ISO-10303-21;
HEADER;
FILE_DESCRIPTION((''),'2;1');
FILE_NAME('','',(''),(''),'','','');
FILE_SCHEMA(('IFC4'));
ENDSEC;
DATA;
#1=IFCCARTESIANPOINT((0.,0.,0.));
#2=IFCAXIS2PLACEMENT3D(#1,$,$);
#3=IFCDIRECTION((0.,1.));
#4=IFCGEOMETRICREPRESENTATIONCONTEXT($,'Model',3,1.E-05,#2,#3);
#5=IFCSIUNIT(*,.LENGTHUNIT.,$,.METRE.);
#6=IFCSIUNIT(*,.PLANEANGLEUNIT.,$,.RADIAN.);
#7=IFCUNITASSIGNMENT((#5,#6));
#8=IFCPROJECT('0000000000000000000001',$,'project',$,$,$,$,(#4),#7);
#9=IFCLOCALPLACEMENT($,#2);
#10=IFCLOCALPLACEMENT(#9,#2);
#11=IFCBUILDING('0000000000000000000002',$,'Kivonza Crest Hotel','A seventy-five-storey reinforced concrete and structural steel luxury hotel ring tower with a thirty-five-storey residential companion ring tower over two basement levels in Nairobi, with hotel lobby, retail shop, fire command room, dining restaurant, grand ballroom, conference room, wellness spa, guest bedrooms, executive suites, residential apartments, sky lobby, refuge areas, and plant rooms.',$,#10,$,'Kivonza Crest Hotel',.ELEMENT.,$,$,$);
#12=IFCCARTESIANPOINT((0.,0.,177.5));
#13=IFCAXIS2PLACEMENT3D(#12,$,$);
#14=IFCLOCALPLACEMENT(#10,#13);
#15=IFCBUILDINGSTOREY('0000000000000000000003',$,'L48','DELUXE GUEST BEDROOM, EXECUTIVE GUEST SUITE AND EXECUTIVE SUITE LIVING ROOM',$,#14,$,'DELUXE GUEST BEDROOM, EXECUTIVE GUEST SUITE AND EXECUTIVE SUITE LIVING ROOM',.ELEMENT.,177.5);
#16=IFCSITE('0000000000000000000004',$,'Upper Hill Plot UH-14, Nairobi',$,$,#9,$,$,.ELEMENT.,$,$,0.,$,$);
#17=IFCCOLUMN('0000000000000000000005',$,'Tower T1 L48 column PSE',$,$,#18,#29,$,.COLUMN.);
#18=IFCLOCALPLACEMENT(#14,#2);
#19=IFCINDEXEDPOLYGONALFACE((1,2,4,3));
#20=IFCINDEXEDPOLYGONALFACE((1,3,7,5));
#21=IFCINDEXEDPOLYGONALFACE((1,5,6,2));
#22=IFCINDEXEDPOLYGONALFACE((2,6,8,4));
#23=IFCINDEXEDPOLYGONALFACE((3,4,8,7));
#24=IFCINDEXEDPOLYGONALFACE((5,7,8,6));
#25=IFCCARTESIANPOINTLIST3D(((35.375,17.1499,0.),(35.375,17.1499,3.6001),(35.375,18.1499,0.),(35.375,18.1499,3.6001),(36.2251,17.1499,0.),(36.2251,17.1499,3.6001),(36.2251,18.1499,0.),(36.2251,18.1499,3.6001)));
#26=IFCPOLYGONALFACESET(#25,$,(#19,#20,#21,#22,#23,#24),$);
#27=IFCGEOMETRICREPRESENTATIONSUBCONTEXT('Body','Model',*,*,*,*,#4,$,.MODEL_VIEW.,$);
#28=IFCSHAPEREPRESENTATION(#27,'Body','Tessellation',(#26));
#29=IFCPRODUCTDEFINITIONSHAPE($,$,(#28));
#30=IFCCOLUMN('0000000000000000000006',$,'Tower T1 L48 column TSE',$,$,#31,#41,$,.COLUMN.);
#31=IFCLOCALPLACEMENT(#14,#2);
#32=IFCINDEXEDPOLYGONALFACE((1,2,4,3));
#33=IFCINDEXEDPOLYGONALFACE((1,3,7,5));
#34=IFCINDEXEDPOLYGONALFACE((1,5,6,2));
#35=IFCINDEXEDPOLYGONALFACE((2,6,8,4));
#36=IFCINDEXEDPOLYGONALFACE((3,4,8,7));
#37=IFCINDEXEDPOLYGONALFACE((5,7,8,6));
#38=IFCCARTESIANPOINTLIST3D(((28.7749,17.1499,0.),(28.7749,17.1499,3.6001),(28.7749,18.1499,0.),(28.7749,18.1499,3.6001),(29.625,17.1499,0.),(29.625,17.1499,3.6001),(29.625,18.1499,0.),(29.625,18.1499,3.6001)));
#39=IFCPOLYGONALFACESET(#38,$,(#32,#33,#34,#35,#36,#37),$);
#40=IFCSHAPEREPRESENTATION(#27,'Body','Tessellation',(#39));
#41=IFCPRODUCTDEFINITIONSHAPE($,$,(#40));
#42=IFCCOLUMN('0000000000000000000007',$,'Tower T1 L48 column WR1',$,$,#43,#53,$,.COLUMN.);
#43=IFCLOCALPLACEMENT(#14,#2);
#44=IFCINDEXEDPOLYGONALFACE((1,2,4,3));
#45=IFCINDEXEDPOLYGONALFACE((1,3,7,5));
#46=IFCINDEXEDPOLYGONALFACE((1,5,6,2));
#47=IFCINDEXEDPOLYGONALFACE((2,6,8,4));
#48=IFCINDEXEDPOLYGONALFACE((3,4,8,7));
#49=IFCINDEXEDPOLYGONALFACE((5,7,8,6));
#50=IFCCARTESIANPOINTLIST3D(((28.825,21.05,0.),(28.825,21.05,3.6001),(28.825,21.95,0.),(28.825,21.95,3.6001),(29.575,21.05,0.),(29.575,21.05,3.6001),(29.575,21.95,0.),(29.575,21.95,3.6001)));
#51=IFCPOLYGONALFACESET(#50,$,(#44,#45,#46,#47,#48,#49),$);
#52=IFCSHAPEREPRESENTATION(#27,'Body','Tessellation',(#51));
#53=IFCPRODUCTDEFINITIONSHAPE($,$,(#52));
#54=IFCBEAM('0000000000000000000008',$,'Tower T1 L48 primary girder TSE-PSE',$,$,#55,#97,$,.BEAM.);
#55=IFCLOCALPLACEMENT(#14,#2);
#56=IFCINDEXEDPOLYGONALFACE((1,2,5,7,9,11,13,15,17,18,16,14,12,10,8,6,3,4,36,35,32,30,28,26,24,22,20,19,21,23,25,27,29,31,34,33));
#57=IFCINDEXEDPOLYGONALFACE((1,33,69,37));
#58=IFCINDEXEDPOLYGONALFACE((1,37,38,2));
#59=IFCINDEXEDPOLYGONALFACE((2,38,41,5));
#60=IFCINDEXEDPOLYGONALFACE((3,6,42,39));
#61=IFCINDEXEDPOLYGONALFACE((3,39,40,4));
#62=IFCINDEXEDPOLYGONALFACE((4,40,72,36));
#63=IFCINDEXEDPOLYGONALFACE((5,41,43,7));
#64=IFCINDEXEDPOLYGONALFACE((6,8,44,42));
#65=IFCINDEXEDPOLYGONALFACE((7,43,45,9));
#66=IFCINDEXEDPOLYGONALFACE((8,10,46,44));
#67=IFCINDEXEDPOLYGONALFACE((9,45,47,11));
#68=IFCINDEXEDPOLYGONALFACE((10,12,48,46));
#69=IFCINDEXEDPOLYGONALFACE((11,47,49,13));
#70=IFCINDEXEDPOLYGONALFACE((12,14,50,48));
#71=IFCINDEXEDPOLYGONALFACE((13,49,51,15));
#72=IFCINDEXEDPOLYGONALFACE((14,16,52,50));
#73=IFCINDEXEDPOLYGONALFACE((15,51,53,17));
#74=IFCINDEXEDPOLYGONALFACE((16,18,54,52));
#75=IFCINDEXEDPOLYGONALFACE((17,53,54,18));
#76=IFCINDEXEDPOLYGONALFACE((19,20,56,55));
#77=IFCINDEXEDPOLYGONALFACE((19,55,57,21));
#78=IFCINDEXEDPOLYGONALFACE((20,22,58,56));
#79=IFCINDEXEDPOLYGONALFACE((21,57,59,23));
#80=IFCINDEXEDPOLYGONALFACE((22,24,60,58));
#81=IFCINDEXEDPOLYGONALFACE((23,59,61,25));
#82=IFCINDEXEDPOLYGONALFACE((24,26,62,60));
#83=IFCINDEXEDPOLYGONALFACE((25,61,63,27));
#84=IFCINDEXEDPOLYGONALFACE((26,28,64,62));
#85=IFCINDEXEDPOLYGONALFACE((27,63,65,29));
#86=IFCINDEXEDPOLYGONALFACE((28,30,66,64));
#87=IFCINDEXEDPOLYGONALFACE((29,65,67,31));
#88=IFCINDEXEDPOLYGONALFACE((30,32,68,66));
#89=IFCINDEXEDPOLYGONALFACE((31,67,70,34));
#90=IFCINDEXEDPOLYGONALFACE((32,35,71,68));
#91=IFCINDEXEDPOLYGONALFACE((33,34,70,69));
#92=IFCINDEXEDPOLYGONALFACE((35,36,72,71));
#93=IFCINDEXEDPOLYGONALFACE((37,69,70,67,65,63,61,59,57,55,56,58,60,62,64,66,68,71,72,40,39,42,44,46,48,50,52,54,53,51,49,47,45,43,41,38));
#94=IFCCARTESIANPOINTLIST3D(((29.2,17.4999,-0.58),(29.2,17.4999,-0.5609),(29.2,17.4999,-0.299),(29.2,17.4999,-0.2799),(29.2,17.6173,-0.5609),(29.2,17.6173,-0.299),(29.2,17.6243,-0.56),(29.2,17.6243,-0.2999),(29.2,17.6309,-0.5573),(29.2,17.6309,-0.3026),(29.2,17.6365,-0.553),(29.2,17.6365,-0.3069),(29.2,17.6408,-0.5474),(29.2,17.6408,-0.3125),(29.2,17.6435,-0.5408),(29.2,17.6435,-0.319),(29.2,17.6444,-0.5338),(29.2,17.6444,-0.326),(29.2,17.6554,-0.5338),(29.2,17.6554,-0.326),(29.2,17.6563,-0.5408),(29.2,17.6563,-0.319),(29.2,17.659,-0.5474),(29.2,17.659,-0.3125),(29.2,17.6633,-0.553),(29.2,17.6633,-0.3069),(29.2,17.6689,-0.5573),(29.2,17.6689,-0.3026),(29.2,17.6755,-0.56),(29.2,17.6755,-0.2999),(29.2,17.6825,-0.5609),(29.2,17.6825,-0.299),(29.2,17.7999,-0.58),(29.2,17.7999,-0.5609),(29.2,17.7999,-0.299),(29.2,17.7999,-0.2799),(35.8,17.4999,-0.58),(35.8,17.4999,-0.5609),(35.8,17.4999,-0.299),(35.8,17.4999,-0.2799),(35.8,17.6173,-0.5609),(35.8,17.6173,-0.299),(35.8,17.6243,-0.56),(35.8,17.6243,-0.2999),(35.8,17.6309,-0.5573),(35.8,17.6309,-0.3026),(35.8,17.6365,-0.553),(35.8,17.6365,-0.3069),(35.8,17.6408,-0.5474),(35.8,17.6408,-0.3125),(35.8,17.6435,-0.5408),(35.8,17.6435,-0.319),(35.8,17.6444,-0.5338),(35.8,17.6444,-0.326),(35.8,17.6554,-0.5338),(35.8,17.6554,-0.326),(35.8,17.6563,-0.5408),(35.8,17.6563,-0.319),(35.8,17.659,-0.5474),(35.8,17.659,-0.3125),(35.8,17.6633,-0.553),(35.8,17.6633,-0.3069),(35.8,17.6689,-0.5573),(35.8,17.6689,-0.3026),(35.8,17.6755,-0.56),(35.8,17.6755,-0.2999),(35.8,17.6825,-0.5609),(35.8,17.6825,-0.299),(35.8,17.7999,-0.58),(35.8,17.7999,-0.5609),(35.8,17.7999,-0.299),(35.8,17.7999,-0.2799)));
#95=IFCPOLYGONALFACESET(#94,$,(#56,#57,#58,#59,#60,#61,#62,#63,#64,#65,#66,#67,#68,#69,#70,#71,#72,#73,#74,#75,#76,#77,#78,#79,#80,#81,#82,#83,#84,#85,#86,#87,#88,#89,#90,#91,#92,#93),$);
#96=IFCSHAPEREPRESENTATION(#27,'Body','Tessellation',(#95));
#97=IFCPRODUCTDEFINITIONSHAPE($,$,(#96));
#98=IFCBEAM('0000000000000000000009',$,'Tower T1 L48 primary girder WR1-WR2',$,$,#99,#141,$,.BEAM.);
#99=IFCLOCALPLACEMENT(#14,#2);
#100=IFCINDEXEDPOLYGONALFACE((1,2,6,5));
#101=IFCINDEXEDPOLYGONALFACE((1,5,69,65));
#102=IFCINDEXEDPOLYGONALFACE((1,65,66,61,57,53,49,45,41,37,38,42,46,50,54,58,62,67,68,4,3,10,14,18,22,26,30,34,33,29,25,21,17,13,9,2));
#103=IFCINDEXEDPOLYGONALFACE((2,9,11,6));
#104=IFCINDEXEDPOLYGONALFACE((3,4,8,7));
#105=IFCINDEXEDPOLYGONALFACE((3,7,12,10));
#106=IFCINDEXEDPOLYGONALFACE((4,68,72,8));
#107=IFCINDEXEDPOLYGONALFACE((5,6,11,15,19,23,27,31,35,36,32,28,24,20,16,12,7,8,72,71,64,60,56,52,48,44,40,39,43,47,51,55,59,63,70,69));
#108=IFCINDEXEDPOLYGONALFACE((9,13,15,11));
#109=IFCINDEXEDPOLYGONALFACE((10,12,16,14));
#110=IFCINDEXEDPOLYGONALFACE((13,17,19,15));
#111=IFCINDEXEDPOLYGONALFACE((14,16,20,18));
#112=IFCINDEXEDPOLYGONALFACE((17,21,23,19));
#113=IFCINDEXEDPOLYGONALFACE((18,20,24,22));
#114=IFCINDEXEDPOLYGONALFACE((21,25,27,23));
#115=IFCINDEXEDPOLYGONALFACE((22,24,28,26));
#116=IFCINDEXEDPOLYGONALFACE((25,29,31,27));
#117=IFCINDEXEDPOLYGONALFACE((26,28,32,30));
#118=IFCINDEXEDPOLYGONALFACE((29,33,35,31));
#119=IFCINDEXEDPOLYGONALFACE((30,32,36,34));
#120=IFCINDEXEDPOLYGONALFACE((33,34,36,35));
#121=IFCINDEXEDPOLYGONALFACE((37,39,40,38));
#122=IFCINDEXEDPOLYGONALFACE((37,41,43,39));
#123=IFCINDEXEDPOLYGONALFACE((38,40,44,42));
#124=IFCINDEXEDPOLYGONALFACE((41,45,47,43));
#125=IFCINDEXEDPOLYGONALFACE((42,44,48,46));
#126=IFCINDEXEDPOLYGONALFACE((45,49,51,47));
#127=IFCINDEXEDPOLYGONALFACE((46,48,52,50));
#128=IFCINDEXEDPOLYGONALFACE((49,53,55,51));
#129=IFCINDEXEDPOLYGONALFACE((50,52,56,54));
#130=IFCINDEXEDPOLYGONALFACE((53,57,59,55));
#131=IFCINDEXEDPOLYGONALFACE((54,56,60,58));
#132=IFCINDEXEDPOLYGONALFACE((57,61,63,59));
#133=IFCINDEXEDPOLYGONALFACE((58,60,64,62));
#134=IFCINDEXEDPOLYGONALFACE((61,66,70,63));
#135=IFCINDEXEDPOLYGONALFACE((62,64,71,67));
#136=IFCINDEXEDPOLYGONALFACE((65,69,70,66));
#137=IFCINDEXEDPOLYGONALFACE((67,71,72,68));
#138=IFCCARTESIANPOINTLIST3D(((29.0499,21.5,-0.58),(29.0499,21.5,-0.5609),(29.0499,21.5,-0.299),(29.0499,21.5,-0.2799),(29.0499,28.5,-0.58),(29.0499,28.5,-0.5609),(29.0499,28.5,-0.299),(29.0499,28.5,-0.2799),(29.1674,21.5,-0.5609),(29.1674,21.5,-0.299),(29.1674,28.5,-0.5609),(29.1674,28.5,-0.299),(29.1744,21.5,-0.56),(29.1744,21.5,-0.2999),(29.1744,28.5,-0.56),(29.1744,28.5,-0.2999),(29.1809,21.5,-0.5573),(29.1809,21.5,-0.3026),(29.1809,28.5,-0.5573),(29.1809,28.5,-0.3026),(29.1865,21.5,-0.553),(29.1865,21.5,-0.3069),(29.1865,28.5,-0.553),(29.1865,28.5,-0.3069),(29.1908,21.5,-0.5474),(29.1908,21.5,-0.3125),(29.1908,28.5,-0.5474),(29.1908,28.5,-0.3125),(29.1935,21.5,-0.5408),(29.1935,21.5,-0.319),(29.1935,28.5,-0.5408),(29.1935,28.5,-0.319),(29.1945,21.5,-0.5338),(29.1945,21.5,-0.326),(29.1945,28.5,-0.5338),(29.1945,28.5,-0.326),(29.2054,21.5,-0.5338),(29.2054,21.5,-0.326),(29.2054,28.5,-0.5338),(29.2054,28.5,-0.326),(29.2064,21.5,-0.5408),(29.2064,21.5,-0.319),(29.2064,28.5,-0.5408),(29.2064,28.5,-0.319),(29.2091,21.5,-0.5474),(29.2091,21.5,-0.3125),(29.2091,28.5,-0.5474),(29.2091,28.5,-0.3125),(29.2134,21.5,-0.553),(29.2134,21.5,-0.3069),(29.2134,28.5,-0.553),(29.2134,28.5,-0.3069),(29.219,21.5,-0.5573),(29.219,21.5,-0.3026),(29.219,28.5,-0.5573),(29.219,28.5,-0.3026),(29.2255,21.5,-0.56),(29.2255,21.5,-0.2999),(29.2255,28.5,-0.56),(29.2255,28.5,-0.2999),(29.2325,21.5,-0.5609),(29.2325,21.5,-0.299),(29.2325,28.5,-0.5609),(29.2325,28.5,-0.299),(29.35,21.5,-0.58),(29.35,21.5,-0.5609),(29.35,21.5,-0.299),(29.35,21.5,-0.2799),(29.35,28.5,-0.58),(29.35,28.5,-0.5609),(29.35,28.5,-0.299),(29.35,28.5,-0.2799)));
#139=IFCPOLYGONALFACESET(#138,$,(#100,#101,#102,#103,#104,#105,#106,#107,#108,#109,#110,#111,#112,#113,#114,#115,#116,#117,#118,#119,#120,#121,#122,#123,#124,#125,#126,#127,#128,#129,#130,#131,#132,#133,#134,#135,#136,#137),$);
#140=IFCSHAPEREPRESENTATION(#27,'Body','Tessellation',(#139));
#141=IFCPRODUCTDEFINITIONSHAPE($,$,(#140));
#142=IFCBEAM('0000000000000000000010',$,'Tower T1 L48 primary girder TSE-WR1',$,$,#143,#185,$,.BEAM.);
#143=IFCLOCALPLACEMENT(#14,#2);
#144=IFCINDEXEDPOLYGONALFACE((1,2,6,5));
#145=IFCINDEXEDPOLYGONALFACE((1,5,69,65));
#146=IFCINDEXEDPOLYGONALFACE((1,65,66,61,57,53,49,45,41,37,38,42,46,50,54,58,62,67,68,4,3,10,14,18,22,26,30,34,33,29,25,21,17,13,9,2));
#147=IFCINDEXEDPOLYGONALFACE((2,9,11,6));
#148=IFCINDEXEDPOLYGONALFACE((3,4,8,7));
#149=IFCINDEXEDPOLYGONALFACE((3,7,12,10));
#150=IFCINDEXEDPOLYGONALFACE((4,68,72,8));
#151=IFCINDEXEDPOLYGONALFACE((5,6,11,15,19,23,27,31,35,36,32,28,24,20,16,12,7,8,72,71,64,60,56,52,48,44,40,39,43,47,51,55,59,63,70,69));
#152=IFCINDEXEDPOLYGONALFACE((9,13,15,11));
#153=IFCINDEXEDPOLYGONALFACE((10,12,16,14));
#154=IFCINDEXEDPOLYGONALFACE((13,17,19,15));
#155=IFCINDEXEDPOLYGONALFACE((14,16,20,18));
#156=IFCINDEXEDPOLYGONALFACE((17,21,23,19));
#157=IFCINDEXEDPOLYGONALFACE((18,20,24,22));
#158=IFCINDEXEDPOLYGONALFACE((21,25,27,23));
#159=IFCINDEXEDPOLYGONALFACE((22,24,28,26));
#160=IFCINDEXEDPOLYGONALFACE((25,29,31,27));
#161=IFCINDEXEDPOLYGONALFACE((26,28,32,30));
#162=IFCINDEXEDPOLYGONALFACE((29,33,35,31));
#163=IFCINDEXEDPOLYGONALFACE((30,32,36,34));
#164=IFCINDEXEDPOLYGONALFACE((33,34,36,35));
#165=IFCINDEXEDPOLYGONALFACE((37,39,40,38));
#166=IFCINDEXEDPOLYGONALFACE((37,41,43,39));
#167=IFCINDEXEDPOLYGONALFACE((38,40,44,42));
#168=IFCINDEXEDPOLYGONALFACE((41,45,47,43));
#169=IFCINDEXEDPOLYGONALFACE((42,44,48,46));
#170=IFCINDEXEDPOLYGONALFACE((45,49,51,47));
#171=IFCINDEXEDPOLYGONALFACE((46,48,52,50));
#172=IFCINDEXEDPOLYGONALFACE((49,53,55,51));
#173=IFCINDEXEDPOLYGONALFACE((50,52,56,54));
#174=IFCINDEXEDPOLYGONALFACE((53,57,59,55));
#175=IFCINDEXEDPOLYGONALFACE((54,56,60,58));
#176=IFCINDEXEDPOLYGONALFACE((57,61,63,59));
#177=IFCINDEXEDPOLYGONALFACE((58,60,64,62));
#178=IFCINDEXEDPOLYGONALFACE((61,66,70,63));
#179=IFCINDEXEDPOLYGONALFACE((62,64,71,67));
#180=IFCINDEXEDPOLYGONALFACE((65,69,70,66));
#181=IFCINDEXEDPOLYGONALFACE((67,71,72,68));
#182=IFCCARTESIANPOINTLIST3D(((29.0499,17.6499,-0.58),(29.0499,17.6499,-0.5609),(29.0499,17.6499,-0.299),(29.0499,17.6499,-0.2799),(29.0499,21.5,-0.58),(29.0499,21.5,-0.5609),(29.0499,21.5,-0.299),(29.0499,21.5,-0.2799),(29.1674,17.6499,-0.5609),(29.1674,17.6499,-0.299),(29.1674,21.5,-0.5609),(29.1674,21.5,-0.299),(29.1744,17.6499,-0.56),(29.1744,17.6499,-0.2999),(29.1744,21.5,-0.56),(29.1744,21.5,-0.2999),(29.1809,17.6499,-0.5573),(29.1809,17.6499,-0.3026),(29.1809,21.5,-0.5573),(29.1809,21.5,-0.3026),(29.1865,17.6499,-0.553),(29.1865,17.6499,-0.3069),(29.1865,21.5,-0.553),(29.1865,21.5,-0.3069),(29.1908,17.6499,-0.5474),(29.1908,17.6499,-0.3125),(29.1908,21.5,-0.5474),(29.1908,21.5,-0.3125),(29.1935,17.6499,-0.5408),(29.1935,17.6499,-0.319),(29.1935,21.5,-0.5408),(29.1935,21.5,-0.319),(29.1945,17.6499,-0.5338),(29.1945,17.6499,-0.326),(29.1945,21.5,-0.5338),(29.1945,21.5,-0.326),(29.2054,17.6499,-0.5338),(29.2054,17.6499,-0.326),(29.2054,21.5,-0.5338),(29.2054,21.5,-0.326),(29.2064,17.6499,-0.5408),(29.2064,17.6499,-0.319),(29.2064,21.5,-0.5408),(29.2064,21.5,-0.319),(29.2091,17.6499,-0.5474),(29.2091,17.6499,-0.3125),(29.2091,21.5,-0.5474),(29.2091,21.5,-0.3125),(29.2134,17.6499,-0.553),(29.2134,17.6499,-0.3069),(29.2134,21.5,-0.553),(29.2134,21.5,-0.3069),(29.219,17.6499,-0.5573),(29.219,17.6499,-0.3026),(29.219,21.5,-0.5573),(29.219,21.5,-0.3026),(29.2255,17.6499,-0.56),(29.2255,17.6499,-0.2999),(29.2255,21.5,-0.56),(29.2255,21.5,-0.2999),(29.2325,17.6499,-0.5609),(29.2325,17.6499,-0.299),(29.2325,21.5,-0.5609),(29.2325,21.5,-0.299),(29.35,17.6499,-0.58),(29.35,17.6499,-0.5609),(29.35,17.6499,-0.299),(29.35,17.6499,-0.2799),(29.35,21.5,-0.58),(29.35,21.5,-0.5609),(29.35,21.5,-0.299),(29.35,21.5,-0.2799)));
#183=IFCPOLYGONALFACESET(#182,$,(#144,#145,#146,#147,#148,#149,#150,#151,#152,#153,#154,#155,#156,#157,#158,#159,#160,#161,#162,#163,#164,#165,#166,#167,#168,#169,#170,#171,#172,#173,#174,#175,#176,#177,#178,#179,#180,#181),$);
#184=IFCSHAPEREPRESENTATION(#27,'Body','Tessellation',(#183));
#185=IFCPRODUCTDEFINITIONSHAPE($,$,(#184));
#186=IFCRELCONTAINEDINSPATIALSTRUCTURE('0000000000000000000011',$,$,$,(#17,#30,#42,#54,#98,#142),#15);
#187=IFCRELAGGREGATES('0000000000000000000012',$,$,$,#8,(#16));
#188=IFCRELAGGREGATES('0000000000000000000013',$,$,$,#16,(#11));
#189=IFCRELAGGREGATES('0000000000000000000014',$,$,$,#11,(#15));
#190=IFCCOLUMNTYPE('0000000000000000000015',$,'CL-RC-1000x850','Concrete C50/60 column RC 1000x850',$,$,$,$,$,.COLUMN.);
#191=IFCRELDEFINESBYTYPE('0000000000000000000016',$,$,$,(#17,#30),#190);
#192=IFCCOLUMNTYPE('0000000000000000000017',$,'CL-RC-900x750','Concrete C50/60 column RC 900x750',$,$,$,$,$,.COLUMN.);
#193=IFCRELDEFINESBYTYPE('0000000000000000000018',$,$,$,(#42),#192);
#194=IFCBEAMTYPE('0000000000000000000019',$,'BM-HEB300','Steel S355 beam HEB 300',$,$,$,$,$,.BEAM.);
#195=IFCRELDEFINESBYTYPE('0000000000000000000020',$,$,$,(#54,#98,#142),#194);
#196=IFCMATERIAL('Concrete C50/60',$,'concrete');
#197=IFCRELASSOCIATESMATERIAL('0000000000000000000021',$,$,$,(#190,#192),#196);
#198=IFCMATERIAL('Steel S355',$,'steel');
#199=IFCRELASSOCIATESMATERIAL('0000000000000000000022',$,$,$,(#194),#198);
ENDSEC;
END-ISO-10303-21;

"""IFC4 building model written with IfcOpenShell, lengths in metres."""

from ifc_helpers import new_model, si_unit, direction, frame, origin, origin_2d, place, context, subcontext, project, spatial, rectangle, i_section, extrude, material, material_profile, profile_set, type_object, element, save


model = new_model("IFC4")

# Units and contexts
model_context = context("Model", 3, precision=1e-05, world=origin(), true_north=direction((0.0, 1.0)))
body_context = subcontext(model_context, "Body", "Model", "MODEL_VIEW")
ifc_project = project(units=[si_unit("LENGTHUNIT", "METRE"), si_unit("PLANEANGLEUNIT", "RADIAN")], contexts=[model_context])

# Site, building, storey
site_placement = place(None, origin())
site = spatial("IfcSite", under=ifc_project, at=site_placement, Name="Upper Hill Plot UH-14, Nairobi", CompositionType="ELEMENT", RefElevation=0.0)
building_placement = place(site_placement, origin())
building = spatial("IfcBuilding", under=site, at=building_placement, Name="Kivonza Crest Hotel", Description="A seventy-five-storey reinforced concrete and structural steel luxury hotel ring tower with a thirty-five-storey residential companion ring tower over two basement levels in Nairobi, with hotel lobby, retail shop, fire command room, dining restaurant, grand ballroom, conference room, wellness spa, guest bedrooms, executive suites, residential apartments, sky lobby, refuge areas, and plant rooms.", LongName="Kivonza Crest Hotel", CompositionType="ELEMENT")
storey_placement = place(building_placement, frame((0.0, 0.0, 177.5)))
storey = spatial("IfcBuildingStorey", under=building, at=storey_placement, Name="L48", Description="DELUXE GUEST BEDROOM, EXECUTIVE GUEST SUITE AND EXECUTIVE SUITE LIVING ROOM", LongName="DELUXE GUEST BEDROOM, EXECUTIVE GUEST SUITE AND EXECUTIVE SUITE LIVING ROOM", CompositionType="ELEMENT", Elevation=177.5)

# Columns
ifc_material_1 = material(Name="Concrete C50/60", Category="concrete")
ifc_material_profile_1 = material_profile(ifc_material_1, rectangle(XDim=0.8501, YDim=1.0, at=origin_2d()), Name="RC 1000x850")
ifc_profile_set_1 = profile_set([ifc_material_profile_1], Name="Concrete C50/60")
column_type_1 = type_object("IfcColumnType", Name="CL-RC-1000x850", Description="Concrete C50/60 column RC 1000x850", PredefinedType="COLUMN", material=ifc_profile_set_1)
for number, where, z_axis, x_axis, name in (
    (1, (35.8, 17.6499, 0.0), (0.0, 0.0, 1.0), (1.0, 0.0, 0.0), "Tower T1 L48 column PSE"),
    (2, (29.2, 17.6499, 0.0), (0.0, 0.0, 1.0), (1.0, 0.0, 0.0), "Tower T1 L48 column TSE"),
):
    element("IfcColumn", number, at=place(storey_placement, frame(where, z_axis=z_axis, x_axis=x_axis)), inside=storey, type_object=column_type_1, Name=name, PredefinedType="COLUMN", context=body_context, shape_type="SweptSolid", body=[
        extrude(rectangle(XDim=0.8501, YDim=1.0, at=origin_2d()), origin(), (0.0, 0.0, 1.0), 3.6001),
    ])
ifc_material_profile_2 = material_profile(ifc_material_1, rectangle(XDim=0.75, YDim=0.8999, at=origin_2d()), Name="RC 900x750")
ifc_profile_set_2 = profile_set([ifc_material_profile_2], Name="Concrete C50/60")
column_type_2 = type_object("IfcColumnType", Name="CL-RC-900x750", Description="Concrete C50/60 column RC 900x750", PredefinedType="COLUMN", material=ifc_profile_set_2)
column_placement = place(storey_placement, frame((29.2, 21.5, 0.0), z_axis=(0.0, 0.0, 1.0), x_axis=(1.0, 0.0, 0.0)))
element("IfcColumn", 3, at=column_placement, inside=storey, type_object=column_type_2, Name="Tower T1 L48 column WR1", PredefinedType="COLUMN", context=body_context, shape_type="SweptSolid", body=[
    extrude(rectangle(XDim=0.75, YDim=0.8999, at=origin_2d()), origin(), (0.0, 0.0, 1.0), 3.6001),
])

# Beams
ifc_material_2 = material(Name="Steel S355", Category="steel")
ifc_material_profile_3 = material_profile(ifc_material_2, i_section(OverallWidth=0.3, OverallDepth=0.3, WebThickness=0.011, FlangeThickness=0.019, FilletRadius=0.0271, at=origin_2d()), Name="HEB 300")
ifc_profile_set_3 = profile_set([ifc_material_profile_3], Name="Steel S355")
beam_type = type_object("IfcBeamType", Name="BM-HEB300", Description="Steel S355 beam HEB 300", PredefinedType="BEAM", material=ifc_profile_set_3)
beam_1_placement = place(storey_placement, frame((29.2, 17.6499, -0.4299), z_axis=(1.0, 0.0, 0.0), x_axis=(0.0, 1.0, 0.0)))
element("IfcBeam", 4, at=beam_1_placement, inside=storey, type_object=beam_type, Name="Tower T1 L48 primary girder TSE-PSE", PredefinedType="BEAM", context=body_context, shape_type="SweptSolid", body=[
    extrude(i_section(OverallWidth=0.3, OverallDepth=0.3, WebThickness=0.011, FlangeThickness=0.019, FilletRadius=0.0271, at=origin_2d()), origin(), (0.0, 0.0, 1.0), 6.6001),
])
beam_2_placement = place(storey_placement, frame((29.2, 21.5, -0.4299), z_axis=(0.0, 1.0, 0.0), x_axis=(-1.0, 0.0, 0.0)))
element("IfcBeam", 5, at=beam_2_placement, inside=storey, type_object=beam_type, Name="Tower T1 L48 primary girder WR1-WR2", PredefinedType="BEAM", context=body_context, shape_type="SweptSolid", body=[
    extrude(i_section(OverallWidth=0.3, OverallDepth=0.3, WebThickness=0.011, FlangeThickness=0.019, FilletRadius=0.0271, at=origin_2d()), origin(), (0.0, 0.0, 1.0), 7.0),
])
beam_3_placement = place(storey_placement, frame((29.2, 17.6499, -0.4299), z_axis=(0.0, 1.0, 0.0), x_axis=(-1.0, 0.0, 0.0)))
element("IfcBeam", 6, at=beam_3_placement, inside=storey, type_object=beam_type, Name="Tower T1 L48 primary girder TSE-WR1", PredefinedType="BEAM", context=body_context, shape_type="SweptSolid", body=[
    extrude(i_section(OverallWidth=0.3, OverallDepth=0.3, WebThickness=0.011, FlangeThickness=0.019, FilletRadius=0.0271, at=origin_2d()), origin(), (0.0, 0.0, 1.0), 3.8501),
])

save(model, "model.ifc")
